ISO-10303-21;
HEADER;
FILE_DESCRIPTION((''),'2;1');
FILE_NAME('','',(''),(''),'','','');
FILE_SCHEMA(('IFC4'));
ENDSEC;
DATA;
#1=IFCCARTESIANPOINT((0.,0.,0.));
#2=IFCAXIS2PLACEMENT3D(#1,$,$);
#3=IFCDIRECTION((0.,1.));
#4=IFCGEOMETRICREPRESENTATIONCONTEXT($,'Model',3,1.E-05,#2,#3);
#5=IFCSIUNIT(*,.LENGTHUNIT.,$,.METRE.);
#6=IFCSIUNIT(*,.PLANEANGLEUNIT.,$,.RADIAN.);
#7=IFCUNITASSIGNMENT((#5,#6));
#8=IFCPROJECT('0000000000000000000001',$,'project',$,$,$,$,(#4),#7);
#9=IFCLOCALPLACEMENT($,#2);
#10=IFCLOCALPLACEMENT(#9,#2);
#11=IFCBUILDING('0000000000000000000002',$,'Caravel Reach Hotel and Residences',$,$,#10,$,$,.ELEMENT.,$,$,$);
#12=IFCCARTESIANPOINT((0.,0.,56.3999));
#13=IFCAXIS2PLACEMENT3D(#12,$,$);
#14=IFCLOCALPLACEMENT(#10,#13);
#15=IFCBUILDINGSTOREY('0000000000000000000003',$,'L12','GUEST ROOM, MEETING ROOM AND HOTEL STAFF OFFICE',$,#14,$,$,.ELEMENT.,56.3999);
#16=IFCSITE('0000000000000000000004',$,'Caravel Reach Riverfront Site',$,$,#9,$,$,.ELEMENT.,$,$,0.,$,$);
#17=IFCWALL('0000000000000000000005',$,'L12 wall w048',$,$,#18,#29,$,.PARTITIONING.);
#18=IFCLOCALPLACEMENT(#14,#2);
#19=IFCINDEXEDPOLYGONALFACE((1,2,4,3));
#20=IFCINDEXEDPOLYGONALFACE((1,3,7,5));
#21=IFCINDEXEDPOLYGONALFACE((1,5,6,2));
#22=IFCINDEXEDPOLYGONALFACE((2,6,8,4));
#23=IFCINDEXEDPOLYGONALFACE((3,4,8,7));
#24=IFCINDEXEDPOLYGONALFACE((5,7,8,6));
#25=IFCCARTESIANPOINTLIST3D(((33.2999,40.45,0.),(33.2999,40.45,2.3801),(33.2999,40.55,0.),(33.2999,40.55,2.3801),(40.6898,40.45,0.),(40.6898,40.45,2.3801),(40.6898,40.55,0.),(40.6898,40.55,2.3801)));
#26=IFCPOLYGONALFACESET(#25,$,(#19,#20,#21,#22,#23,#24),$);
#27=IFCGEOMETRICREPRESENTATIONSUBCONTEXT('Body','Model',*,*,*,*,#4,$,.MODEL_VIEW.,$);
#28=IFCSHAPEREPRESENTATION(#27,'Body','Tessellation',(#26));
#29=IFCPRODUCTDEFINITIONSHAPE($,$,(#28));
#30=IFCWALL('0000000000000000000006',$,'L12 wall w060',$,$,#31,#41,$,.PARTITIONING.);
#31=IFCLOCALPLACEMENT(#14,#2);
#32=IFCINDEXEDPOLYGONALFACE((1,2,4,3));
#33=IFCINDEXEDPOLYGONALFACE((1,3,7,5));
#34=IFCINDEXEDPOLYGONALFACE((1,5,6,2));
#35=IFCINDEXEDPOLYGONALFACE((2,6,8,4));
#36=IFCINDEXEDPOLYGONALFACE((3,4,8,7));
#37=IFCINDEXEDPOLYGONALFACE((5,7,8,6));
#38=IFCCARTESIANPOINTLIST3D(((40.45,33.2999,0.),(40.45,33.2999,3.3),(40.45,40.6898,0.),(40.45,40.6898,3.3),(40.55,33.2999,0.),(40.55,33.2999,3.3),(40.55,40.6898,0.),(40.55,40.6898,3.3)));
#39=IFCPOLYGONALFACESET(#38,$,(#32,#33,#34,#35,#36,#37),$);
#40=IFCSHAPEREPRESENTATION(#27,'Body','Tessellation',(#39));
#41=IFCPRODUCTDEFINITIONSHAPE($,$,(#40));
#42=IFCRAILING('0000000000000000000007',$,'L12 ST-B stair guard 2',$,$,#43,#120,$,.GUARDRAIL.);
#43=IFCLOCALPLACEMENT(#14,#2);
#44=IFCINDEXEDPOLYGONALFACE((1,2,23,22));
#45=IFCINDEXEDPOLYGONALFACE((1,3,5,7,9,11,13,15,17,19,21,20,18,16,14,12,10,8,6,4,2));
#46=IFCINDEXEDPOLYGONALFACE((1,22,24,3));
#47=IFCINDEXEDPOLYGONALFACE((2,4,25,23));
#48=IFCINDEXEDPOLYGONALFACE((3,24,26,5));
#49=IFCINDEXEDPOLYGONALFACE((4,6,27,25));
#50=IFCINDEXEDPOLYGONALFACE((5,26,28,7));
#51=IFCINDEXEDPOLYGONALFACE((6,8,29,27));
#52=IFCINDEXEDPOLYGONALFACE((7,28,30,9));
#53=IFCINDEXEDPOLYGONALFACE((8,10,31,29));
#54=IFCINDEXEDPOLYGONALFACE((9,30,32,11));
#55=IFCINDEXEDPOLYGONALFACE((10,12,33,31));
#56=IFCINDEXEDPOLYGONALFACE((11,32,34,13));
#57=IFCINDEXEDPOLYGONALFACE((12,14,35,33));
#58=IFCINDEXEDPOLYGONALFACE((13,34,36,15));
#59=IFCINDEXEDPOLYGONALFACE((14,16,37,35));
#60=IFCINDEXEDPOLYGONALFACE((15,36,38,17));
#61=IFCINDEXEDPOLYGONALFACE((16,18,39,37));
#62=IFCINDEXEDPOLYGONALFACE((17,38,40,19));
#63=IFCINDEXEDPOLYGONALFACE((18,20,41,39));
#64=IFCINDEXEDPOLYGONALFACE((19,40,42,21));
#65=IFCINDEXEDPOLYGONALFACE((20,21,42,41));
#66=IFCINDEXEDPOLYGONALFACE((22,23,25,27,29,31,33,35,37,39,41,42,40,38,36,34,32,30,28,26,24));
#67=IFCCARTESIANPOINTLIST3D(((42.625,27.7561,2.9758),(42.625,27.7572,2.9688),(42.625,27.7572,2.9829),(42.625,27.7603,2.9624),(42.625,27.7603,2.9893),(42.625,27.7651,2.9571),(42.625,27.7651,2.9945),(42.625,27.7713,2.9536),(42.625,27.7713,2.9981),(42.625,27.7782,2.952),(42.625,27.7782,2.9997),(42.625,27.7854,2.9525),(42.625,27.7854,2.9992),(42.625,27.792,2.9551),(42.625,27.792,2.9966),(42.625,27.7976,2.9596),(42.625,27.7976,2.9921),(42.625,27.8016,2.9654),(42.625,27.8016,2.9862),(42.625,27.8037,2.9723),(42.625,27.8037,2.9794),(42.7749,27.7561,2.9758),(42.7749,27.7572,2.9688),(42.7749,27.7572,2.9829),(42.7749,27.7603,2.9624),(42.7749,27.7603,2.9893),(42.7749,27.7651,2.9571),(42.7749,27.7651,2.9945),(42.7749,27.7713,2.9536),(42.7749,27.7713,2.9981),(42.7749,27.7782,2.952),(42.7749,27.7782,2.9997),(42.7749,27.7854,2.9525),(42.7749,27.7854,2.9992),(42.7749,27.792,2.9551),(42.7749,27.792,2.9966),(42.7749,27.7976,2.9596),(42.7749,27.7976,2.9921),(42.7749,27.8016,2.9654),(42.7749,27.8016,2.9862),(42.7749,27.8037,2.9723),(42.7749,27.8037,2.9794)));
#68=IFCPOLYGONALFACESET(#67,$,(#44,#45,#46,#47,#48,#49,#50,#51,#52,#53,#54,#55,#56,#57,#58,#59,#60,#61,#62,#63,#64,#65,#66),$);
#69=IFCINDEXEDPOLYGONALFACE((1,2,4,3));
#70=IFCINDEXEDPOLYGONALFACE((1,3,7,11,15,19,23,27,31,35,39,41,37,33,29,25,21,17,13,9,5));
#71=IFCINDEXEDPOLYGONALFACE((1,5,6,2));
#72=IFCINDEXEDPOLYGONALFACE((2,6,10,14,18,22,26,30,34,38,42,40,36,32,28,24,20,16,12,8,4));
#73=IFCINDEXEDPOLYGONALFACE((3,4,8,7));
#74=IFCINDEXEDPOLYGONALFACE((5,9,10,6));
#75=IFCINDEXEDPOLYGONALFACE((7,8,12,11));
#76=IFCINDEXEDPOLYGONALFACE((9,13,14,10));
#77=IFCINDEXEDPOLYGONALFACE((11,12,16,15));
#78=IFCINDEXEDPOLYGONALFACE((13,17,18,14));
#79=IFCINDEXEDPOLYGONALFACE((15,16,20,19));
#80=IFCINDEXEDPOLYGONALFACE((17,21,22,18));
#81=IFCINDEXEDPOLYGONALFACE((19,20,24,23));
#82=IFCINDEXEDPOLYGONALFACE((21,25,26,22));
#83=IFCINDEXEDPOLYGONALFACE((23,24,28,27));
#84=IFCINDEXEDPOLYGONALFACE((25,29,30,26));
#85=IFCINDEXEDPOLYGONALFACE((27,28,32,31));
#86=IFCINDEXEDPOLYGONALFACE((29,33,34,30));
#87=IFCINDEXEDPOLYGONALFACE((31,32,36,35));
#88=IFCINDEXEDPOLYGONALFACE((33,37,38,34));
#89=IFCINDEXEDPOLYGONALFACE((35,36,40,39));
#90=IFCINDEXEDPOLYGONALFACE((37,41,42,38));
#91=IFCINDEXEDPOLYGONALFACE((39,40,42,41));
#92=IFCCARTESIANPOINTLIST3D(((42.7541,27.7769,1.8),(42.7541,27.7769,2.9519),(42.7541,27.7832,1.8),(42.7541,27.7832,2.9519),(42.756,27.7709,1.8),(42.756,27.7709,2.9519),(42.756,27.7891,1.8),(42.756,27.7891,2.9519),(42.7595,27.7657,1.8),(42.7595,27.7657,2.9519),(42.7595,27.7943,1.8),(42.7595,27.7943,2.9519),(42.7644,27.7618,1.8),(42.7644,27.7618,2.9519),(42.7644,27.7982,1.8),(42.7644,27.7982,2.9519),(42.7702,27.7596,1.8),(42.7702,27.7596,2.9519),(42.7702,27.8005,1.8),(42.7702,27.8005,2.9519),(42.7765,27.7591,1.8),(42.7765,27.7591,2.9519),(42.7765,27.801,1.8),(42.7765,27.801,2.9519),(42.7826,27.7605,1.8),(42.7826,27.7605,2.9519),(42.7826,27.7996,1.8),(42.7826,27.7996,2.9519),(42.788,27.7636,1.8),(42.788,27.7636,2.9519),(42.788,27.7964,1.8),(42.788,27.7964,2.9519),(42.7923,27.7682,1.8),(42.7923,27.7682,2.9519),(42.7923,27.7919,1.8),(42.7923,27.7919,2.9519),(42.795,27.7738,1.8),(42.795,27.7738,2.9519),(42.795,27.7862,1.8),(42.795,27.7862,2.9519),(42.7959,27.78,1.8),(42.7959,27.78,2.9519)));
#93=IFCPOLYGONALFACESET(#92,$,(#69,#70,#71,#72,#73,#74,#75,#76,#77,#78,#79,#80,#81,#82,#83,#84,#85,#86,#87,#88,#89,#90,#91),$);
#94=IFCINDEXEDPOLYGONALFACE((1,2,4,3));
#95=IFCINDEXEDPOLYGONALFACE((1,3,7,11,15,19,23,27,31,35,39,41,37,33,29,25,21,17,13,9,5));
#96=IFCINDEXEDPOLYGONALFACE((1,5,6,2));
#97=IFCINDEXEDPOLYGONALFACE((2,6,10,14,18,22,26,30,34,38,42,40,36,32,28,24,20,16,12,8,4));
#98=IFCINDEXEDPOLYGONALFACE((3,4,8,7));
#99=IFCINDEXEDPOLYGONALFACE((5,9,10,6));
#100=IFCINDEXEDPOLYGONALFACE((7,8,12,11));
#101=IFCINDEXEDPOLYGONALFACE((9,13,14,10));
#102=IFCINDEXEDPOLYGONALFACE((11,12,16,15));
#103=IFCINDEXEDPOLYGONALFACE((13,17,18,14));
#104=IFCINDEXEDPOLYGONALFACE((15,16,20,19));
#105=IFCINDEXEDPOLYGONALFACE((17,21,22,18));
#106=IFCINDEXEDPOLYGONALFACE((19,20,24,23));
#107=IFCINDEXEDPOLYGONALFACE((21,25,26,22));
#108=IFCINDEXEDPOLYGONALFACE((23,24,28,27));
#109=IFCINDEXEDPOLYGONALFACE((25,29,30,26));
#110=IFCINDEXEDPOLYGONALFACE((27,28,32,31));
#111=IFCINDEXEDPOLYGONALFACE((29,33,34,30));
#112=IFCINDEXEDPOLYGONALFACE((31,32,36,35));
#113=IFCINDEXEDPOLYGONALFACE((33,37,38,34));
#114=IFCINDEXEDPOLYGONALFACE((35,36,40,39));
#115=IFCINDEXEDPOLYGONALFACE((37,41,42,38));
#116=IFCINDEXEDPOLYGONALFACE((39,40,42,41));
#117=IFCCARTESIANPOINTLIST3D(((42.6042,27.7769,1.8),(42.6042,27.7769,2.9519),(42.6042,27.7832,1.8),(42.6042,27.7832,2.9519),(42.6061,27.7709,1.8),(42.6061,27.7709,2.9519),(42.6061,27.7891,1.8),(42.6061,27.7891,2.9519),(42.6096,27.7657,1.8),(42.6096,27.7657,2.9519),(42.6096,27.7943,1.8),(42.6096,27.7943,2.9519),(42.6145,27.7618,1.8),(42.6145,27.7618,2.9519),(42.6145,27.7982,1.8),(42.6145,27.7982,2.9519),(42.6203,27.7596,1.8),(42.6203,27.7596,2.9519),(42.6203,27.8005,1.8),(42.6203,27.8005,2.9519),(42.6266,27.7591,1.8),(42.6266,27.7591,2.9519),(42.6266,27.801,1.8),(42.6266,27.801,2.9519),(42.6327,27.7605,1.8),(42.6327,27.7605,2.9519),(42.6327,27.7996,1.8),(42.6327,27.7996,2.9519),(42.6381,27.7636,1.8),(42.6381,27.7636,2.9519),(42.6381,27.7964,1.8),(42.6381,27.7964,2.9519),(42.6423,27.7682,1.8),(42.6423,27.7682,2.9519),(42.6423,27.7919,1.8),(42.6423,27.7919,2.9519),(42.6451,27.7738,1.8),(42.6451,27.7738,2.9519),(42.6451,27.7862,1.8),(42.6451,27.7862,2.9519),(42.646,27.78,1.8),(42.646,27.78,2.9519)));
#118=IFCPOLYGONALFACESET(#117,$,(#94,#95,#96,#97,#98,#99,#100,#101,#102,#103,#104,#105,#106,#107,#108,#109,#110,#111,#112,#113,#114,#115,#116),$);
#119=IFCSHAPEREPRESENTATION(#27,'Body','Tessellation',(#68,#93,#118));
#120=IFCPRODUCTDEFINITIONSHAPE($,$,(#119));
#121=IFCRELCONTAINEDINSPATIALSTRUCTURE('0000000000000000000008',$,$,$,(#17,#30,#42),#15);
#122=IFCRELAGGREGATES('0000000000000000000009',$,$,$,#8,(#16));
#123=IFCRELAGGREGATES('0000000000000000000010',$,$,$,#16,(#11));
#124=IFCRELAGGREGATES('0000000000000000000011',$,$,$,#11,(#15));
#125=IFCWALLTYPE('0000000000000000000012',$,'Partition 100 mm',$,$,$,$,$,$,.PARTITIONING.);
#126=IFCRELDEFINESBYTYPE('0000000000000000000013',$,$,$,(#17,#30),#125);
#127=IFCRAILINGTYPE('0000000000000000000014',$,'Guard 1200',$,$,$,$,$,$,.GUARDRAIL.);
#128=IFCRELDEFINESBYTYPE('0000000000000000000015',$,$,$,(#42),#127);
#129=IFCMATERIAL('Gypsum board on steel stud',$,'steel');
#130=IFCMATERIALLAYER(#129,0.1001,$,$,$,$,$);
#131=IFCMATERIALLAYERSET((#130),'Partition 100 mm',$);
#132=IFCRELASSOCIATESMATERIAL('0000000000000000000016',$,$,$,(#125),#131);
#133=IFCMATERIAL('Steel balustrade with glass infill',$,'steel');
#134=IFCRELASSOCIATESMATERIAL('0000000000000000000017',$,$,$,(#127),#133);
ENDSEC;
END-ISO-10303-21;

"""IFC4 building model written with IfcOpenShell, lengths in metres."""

from ifc_helpers import new_model, si_unit, direction, frame, frame_2d, origin, origin_2d, place, context, subcontext, project, spatial, rectangle, circle, extrude, material, layer, layer_set, type_object, element, save


model = new_model("IFC4")

# Units and contexts
model_context = context("Model", 3, precision=1e-05, world=origin(), true_north=direction((0.0, 1.0)))
body_context = subcontext(model_context, "Body", "Model", "MODEL_VIEW")
ifc_project = project(units=[si_unit("LENGTHUNIT", "METRE"), si_unit("PLANEANGLEUNIT", "RADIAN")], contexts=[model_context])

# Site, building, storey
site_placement = place(None, origin())
site = spatial("IfcSite", under=ifc_project, at=site_placement, Name="Caravel Reach Riverfront Site", CompositionType="ELEMENT", RefElevation=0.0)
building_placement = place(site_placement, origin())
building = spatial("IfcBuilding", under=site, at=building_placement, Name="Caravel Reach Hotel and Residences", CompositionType="ELEMENT")
storey_placement = place(building_placement, frame((0.0, 0.0, 56.3999)))
storey = spatial("IfcBuildingStorey", under=building, at=storey_placement, Name="L12", Description="GUEST ROOM, MEETING ROOM AND HOTEL STAFF OFFICE", CompositionType="ELEMENT", Elevation=56.3999)

# Walls
ifc_material_1 = material(Name="Gypsum board on steel stud", Category="steel")
ifc_layer_1 = layer(ifc_material_1, 0.1001)
ifc_layer_set_1 = layer_set([ifc_layer_1], Name="Partition 100 mm")
wall_type_1 = type_object("IfcWallType", Name="Partition 100 mm", PredefinedType="PARTITIONING", material=ifc_layer_set_1)
wall_1_placement = place(storey_placement, frame((33.3, 40.5, 0.0), z_axis=(0.0, 0.0, 1.0), x_axis=(1.0, 0.0, 0.0)))
element("IfcWall", 1, at=wall_1_placement, inside=storey, type_object=wall_type_1, Name="L12 wall w048", PredefinedType="PARTITIONING", context=body_context, shape_type="SweptSolid", body=[
    extrude(rectangle(XDim=7.3899, YDim=0.1001, at=frame_2d((3.6948, 0.0))), origin(), (0.0, 0.0, 1.0), 2.3801),
])
wall_2_placement = place(storey_placement, frame((40.5, 33.3, 0.0), z_axis=(0.0, 0.0, 1.0), x_axis=(0.0, 1.0, 0.0)))
element("IfcWall", 2, at=wall_2_placement, inside=storey, type_object=wall_type_1, Name="L12 wall w060", PredefinedType="PARTITIONING", context=body_context, shape_type="SweptSolid", body=[
    extrude(rectangle(XDim=7.3899, YDim=0.1001, at=frame_2d((3.6948, 0.0))), origin(), (0.0, 0.0, 1.0), 3.3),
])

# Railing
ifc_material_2 = material(Name="Steel balustrade with glass infill", Category="steel")
railing_type_1 = type_object("IfcRailingType", Name="Guard 1200", PredefinedType="GUARDRAIL", material=ifc_material_2)
railing_1_placement = place(storey_placement, frame((42.7749, 27.78, 1.8)))
element("IfcRailing", 3, at=railing_1_placement, inside=storey, type_object=railing_type_1, Name="L12 ST-B stair guard 2", PredefinedType="GUARDRAIL", context=body_context, shape_type="SweptSolid", body=[
    extrude(circle(Radius=0.0239, at=origin_2d()), frame((0.0, 0.0, 1.1758), z_axis=(-1.0, 0.0, 0.0), x_axis=(0.0, -1.0, 0.0)), (0.0, 0.0, 1.0), 0.1499),
    extrude(circle(Radius=0.021, at=origin_2d()), origin(), (0.0, 0.0, 1.0), 1.1519),
    extrude(circle(Radius=0.021, at=origin_2d()), frame((-0.1499, 0.0, 0.0)), (0.0, 0.0, 1.0), 1.1519),
])

save(model, "model.ifc")
